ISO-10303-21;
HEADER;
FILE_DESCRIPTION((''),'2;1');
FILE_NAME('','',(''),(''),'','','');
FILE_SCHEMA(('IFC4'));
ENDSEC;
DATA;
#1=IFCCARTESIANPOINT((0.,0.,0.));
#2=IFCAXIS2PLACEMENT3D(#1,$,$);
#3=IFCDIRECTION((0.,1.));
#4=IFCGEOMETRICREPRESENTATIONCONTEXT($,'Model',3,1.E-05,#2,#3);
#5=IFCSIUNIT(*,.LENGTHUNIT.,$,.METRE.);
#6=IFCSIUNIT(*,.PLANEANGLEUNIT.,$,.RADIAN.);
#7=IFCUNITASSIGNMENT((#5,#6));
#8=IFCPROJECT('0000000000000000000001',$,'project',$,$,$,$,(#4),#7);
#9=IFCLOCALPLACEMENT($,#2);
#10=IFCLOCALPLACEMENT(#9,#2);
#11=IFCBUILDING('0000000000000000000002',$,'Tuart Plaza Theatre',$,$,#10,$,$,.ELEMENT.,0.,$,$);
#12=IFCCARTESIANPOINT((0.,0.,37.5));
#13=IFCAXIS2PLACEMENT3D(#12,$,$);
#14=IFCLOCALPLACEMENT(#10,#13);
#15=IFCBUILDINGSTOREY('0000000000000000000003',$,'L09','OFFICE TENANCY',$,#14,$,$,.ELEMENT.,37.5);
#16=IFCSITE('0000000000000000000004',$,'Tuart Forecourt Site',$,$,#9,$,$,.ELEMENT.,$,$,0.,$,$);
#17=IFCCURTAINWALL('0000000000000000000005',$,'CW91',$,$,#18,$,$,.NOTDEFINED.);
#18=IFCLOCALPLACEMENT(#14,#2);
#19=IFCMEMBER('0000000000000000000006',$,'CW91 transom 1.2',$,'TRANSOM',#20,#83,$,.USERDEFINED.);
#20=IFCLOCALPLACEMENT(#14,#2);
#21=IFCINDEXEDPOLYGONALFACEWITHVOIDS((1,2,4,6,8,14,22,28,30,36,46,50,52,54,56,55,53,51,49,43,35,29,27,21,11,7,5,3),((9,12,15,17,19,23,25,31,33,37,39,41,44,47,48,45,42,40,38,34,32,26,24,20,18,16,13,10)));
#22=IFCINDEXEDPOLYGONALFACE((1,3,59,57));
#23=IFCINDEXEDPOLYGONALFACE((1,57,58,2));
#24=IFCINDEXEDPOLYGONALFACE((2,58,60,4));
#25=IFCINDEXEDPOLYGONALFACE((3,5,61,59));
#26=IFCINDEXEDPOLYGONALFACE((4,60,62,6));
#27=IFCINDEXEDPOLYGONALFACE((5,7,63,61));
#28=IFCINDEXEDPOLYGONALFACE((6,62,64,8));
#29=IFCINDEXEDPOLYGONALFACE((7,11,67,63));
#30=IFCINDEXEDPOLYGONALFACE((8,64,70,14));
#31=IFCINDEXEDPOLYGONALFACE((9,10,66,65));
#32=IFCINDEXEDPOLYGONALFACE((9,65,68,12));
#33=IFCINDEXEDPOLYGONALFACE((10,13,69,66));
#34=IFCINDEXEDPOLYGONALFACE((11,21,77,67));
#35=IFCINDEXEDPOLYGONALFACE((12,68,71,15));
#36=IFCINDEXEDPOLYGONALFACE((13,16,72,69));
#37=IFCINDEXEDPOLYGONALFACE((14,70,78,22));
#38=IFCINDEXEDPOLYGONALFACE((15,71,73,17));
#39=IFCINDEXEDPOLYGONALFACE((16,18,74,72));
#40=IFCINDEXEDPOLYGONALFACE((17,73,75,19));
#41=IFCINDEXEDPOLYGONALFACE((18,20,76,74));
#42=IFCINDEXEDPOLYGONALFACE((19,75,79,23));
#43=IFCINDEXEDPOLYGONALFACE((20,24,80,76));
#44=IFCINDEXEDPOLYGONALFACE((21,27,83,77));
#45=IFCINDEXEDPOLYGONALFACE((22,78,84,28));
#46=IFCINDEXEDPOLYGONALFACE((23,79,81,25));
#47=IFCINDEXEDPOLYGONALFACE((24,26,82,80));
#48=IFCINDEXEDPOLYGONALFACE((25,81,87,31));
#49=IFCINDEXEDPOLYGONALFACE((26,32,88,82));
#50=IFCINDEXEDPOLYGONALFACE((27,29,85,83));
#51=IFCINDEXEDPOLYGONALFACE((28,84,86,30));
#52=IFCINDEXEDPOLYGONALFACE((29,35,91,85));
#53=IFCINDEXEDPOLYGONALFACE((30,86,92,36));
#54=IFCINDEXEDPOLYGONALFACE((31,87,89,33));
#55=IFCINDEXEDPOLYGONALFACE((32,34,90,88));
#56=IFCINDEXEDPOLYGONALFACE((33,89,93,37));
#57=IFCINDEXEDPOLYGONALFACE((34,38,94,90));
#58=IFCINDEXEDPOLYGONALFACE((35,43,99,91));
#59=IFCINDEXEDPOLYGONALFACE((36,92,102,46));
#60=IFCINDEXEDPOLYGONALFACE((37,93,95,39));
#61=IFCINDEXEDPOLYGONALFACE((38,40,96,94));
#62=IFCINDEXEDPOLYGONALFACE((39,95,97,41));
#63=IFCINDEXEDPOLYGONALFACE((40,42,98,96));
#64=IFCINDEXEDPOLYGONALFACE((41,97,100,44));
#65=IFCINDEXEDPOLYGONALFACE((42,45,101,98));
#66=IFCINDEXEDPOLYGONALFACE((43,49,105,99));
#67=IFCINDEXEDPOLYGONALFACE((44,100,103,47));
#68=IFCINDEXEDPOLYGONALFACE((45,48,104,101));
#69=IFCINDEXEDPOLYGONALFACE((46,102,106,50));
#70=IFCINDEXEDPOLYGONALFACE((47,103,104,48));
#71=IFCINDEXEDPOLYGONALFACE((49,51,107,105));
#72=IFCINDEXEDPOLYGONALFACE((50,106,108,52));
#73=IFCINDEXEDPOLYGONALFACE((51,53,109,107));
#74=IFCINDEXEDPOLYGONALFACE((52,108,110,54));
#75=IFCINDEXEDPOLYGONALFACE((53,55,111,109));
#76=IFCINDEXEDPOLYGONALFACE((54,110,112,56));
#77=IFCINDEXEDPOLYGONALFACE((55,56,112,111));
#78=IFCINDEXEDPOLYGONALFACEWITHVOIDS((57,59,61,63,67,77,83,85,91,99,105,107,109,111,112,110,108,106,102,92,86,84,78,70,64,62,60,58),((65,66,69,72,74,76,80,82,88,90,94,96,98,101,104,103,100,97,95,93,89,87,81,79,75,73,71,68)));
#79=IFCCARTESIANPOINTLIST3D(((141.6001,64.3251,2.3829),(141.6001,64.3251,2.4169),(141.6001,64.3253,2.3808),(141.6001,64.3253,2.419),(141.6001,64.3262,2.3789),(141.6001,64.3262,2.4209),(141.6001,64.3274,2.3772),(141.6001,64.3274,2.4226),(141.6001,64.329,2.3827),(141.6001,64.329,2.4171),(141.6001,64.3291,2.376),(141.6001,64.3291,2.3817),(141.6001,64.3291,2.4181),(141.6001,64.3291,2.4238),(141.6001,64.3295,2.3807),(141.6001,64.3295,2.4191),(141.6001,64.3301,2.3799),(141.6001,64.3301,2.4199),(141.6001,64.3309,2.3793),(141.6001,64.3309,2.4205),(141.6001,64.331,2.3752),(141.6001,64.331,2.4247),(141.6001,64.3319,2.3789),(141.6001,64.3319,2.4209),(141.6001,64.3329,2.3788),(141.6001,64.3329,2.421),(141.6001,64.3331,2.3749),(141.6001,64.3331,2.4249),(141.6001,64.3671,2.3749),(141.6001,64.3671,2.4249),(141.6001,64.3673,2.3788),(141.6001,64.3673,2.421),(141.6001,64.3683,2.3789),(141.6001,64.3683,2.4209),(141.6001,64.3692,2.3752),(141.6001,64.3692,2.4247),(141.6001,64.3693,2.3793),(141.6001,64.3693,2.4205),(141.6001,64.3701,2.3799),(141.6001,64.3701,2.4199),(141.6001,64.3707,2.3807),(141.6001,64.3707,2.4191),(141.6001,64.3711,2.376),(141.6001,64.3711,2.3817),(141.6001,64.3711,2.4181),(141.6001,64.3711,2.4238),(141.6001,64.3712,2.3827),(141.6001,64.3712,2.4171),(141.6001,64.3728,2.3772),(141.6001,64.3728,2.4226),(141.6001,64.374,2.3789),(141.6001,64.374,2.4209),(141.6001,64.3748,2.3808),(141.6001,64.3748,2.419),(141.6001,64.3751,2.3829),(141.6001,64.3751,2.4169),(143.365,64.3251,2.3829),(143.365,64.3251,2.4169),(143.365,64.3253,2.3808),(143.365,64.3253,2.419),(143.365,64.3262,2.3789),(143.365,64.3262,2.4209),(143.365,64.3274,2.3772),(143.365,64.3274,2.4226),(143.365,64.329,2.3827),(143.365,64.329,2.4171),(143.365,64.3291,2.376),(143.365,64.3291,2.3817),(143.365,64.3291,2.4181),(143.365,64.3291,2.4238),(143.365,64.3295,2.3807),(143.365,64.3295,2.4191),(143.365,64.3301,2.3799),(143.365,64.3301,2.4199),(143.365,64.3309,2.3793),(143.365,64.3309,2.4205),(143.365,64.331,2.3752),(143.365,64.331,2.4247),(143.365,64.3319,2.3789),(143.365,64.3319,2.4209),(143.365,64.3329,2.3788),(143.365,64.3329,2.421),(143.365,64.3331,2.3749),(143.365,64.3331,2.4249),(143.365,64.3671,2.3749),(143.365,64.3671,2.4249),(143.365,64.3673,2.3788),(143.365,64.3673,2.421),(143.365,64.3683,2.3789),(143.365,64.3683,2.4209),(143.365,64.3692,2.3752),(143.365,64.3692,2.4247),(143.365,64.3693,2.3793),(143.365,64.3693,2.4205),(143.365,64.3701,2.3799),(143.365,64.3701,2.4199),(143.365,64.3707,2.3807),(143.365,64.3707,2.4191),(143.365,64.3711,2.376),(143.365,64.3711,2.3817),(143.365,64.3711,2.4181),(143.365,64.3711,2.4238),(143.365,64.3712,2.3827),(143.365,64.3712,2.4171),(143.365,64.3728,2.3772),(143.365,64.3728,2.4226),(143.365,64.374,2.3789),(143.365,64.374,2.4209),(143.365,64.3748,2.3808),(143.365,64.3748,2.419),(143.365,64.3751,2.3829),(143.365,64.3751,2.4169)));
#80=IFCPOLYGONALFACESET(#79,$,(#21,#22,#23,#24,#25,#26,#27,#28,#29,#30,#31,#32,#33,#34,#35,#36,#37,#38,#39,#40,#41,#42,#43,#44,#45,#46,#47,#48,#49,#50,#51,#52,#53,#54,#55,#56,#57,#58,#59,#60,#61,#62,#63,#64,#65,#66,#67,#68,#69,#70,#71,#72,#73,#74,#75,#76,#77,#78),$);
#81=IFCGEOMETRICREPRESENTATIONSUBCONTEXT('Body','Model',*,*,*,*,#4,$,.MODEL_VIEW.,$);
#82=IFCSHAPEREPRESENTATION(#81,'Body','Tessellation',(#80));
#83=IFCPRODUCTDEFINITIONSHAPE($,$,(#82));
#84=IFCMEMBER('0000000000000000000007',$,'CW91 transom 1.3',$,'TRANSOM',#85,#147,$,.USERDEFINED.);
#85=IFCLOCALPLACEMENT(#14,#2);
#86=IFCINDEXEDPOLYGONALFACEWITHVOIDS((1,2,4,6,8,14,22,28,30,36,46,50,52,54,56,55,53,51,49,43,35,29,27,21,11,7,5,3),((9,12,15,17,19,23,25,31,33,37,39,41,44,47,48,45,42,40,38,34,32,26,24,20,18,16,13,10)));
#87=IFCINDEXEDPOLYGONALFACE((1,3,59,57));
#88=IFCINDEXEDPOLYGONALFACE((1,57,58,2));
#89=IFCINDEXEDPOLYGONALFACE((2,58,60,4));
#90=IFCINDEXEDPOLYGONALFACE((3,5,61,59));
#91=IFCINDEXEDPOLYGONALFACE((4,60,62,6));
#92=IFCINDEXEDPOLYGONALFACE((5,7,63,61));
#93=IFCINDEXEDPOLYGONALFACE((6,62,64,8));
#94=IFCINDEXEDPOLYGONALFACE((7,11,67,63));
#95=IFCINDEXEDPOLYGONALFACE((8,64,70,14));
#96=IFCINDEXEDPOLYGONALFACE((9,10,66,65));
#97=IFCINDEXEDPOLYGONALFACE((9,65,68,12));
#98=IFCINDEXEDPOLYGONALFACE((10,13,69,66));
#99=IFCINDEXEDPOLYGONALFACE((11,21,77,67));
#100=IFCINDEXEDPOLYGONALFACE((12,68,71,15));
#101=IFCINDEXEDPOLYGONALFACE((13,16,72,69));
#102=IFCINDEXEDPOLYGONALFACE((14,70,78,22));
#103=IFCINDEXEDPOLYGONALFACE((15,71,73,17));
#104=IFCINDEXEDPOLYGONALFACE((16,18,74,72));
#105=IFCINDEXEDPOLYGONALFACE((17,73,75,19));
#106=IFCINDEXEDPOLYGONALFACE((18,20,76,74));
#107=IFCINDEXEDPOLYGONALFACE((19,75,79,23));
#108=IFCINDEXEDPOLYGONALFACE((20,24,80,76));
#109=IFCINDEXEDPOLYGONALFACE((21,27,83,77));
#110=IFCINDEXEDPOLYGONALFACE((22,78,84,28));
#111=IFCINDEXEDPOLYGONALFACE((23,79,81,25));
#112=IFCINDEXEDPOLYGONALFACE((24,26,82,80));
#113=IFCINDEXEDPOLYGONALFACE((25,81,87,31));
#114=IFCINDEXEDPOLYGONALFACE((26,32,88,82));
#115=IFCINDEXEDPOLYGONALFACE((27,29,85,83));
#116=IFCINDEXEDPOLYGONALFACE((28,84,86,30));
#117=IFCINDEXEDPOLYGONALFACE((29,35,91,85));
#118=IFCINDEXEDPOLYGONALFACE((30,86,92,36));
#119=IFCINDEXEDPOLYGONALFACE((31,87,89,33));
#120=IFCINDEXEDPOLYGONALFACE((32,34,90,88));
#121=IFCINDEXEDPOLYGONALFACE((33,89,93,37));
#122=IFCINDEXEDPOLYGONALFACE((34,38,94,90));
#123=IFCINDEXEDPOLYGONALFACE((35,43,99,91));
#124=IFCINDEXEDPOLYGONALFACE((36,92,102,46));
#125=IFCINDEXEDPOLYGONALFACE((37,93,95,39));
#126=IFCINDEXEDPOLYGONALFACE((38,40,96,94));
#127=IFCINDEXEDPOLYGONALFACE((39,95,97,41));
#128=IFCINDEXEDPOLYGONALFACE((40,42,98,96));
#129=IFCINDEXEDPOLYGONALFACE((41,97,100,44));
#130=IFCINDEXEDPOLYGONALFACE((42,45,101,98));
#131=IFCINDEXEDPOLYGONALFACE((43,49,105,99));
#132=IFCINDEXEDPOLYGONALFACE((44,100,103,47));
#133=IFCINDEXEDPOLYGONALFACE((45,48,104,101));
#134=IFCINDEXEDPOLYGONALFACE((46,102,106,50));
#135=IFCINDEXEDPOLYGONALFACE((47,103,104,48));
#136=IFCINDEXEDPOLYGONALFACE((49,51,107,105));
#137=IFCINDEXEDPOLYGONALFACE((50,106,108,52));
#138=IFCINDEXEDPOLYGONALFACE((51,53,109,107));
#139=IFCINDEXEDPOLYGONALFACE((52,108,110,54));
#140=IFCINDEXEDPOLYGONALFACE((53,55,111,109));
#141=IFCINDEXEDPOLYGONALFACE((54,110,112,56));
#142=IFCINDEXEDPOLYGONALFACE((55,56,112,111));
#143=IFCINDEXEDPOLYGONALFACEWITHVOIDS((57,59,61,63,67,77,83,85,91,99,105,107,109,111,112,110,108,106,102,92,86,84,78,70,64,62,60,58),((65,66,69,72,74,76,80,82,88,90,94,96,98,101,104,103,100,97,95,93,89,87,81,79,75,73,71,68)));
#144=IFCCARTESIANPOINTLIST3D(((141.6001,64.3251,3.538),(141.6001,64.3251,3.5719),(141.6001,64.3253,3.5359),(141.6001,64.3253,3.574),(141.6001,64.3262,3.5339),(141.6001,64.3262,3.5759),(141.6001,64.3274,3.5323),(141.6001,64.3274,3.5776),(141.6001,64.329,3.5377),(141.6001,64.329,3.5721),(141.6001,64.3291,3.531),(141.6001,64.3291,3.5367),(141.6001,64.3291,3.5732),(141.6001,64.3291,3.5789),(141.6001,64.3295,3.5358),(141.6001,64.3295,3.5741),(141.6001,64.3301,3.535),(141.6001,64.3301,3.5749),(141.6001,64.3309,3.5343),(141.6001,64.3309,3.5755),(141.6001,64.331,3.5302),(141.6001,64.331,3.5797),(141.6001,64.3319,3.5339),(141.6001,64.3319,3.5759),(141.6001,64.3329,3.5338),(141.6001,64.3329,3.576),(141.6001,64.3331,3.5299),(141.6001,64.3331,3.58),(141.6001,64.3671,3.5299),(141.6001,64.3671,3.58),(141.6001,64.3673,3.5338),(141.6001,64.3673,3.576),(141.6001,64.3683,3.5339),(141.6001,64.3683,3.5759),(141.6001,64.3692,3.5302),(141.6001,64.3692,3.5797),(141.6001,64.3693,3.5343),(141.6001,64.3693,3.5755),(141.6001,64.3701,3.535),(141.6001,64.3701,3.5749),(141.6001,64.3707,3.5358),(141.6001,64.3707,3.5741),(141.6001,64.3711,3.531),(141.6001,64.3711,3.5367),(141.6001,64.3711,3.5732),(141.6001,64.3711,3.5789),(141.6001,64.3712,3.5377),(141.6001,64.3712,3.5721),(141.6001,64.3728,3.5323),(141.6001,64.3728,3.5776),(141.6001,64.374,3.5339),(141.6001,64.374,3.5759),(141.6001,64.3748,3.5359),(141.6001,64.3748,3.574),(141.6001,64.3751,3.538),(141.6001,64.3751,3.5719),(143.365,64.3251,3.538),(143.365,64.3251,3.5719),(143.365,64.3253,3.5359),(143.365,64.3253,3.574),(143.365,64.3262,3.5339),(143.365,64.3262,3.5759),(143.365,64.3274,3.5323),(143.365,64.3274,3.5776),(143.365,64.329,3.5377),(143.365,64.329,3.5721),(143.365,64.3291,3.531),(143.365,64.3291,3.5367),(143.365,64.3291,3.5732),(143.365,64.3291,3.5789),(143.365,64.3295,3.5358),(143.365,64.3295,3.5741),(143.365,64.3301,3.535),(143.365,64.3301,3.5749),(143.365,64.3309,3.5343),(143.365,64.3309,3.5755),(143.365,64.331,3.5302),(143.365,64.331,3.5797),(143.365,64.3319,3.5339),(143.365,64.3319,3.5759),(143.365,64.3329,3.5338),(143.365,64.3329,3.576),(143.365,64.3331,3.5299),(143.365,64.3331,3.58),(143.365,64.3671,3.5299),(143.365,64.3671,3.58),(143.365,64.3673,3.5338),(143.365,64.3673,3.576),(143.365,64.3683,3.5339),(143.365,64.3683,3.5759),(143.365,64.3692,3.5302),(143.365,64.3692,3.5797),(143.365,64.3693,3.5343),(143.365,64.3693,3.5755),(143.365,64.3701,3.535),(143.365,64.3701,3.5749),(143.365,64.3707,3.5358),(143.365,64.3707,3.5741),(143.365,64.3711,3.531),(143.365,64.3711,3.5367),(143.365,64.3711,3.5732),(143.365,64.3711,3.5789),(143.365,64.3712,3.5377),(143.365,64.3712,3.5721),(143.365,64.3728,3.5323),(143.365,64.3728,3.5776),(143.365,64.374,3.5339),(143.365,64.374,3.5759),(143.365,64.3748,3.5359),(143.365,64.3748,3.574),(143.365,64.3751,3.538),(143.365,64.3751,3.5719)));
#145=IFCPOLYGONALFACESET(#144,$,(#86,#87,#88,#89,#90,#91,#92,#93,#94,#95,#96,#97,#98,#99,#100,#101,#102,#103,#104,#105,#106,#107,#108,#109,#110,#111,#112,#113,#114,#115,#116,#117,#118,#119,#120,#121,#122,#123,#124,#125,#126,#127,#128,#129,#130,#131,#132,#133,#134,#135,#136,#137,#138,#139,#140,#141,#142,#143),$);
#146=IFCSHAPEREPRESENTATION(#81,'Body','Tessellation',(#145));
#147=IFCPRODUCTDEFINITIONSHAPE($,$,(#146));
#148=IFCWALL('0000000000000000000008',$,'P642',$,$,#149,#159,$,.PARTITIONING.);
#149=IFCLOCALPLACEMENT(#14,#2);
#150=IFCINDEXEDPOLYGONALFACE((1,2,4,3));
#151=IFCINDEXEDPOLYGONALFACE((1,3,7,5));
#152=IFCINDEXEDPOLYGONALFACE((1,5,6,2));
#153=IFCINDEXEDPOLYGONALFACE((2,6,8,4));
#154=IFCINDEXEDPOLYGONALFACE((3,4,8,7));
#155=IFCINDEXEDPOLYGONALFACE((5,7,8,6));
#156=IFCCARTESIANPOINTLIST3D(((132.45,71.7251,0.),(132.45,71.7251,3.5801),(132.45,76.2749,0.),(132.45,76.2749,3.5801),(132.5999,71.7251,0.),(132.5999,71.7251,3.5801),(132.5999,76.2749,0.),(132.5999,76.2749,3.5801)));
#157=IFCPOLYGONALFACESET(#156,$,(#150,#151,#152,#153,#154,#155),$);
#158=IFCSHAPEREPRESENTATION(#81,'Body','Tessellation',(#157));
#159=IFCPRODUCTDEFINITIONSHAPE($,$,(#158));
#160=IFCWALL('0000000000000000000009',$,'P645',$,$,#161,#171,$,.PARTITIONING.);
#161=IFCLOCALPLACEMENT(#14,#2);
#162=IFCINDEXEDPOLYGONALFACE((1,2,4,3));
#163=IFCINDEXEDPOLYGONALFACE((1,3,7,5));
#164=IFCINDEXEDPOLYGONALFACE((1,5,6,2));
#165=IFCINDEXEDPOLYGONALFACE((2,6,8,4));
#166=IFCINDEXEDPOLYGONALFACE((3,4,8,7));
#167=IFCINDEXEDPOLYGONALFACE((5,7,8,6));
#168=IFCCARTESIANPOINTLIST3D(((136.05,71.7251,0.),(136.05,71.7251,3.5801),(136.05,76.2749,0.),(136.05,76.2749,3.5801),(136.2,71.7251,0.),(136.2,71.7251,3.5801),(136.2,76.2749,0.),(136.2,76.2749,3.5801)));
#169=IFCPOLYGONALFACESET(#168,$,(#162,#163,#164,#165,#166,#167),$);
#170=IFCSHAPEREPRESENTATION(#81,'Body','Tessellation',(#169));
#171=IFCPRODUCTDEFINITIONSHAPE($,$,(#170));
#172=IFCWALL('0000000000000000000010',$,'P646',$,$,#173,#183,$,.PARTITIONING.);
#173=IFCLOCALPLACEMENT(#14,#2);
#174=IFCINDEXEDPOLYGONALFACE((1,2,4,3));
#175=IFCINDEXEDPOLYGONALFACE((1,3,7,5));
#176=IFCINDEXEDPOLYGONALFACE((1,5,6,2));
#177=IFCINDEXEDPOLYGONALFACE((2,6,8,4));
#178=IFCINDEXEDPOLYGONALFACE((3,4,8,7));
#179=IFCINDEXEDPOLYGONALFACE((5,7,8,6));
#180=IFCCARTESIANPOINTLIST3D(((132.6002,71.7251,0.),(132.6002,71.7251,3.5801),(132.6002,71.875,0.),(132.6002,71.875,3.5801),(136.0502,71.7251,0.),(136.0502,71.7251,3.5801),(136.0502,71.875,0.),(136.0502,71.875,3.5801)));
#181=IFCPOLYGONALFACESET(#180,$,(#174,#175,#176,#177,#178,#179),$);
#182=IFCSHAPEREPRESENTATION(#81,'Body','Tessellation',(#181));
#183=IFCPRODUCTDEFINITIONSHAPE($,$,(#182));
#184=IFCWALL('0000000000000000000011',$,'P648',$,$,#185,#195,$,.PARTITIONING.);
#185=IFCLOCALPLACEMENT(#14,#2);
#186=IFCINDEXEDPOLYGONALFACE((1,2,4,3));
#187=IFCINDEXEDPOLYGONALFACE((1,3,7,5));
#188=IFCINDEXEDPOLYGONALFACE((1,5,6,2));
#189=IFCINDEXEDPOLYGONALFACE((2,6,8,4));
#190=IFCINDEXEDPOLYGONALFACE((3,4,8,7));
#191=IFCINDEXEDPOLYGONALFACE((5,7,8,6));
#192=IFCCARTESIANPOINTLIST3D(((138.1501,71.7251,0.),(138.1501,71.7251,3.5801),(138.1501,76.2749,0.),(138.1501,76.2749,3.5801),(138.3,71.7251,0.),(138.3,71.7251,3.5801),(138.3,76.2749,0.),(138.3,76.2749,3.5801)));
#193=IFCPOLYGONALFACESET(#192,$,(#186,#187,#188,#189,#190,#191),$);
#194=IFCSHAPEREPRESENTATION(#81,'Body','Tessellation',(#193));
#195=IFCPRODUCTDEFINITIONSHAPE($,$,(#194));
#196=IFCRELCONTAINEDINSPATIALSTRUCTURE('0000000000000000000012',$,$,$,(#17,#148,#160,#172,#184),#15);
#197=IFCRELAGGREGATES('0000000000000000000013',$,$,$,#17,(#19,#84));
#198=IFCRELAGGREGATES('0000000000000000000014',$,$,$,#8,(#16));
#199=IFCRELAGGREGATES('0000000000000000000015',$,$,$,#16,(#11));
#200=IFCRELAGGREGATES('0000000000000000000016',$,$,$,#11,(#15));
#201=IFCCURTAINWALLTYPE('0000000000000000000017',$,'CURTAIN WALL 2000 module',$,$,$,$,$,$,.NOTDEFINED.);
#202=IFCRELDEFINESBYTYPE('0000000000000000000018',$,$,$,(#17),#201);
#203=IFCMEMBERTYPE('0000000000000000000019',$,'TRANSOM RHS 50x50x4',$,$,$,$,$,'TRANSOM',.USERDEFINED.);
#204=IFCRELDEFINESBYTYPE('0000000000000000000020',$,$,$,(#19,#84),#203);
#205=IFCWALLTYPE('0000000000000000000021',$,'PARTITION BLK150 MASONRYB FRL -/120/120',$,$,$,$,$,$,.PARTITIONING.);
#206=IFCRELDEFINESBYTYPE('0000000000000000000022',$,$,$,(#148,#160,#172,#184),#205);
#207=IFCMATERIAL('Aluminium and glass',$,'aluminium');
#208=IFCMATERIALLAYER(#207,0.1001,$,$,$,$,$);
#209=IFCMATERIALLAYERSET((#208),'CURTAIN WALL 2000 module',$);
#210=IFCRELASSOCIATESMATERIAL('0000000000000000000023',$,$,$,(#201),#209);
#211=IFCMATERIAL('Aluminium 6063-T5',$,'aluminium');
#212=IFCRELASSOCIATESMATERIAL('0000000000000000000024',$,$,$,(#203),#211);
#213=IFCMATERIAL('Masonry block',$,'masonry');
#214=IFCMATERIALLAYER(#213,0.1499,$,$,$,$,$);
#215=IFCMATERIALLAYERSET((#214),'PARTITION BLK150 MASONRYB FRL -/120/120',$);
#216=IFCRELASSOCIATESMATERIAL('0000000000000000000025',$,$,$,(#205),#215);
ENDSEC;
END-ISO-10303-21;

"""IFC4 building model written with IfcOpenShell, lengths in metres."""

from ifc_helpers import new_model, si_unit, direction, frame, frame_2d, origin, origin_2d, place, context, subcontext, project, spatial, rectangle, hollow_rectangle, extrude, material, layer, layer_set, material_profile, profile_set, type_object, element, aggregate, save


model = new_model("IFC4")

# Units and contexts
model_context = context("Model", 3, precision=1e-05, world=origin(), true_north=direction((0.0, 1.0)))
body_context = subcontext(model_context, "Body", "Model", "MODEL_VIEW")
ifc_project = project(units=[si_unit("LENGTHUNIT", "METRE"), si_unit("PLANEANGLEUNIT", "RADIAN")], contexts=[model_context])

# Site, building, storey
site_placement = place(None, origin())
site = spatial("IfcSite", under=ifc_project, at=site_placement, Name="Tuart Forecourt Site", CompositionType="ELEMENT", RefElevation=0.0)
building_placement = place(site_placement, origin())
building = spatial("IfcBuilding", under=site, at=building_placement, Name="Tuart Plaza Theatre", CompositionType="ELEMENT", ElevationOfRefHeight=0.0)
storey_placement = place(building_placement, frame((0.0, 0.0, 37.5)))
storey = spatial("IfcBuildingStorey", under=building, at=storey_placement, Name="L09", Description="OFFICE TENANCY", CompositionType="ELEMENT", Elevation=37.5)

# Curtain wall, members
ifc_material_1 = material(Name="Aluminium and glass", Category="aluminium")
ifc_layer_1 = layer(ifc_material_1, 0.1001)
ifc_layer_set_1 = layer_set([ifc_layer_1], Name="CURTAIN WALL 2000 module")
curtain_wall_type = type_object("IfcCurtainWallType", Name="CURTAIN WALL 2000 module", PredefinedType="NOTDEFINED", material=ifc_layer_set_1)
curtain_wall_placement = place(storey_placement, origin())
curtain_wall = element("IfcCurtainWall", 1, at=curtain_wall_placement, inside=storey, type_object=curtain_wall_type, Name="CW91", PredefinedType="NOTDEFINED")
ifc_material_2 = material(Name="Aluminium 6063-T5", Category="aluminium")
ifc_material_profile_1 = material_profile(ifc_material_2, hollow_rectangle(XDim=0.05, YDim=0.05, WallThickness=0.0039, InnerFilletRadius=0.0039, OuterFilletRadius=0.0081, at=origin_2d()), Name="RHS 50x50x4")
ifc_profile_set_1 = profile_set([ifc_material_profile_1], Name="Aluminium 6063-T5")
member_type_1 = type_object("IfcMemberType", Name="TRANSOM RHS 50x50x4", ElementType="TRANSOM", PredefinedType="USERDEFINED", material=ifc_profile_set_1)
member_1_placement = place(storey_placement, frame((141.6001, 64.3501, 2.3999), z_axis=(1.0, 0.0, 0.0), x_axis=(0.0, 1.0, 0.0)))
member_1 = element("IfcMember", 2, at=member_1_placement, type_object=member_type_1, Name="CW91 transom 1.2", ObjectType="TRANSOM", PredefinedType="USERDEFINED", context=body_context, shape_type="SweptSolid", body=[
    extrude(hollow_rectangle(XDim=0.05, YDim=0.05, WallThickness=0.0039, InnerFilletRadius=0.0039, OuterFilletRadius=0.0081, at=origin_2d()), origin(), (0.0, 0.0, 1.0), 1.7649),
])
member_2_placement = place(storey_placement, frame((141.6001, 64.3501, 3.5549), z_axis=(1.0, 0.0, 0.0), x_axis=(0.0, 1.0, 0.0)))
member_2 = element("IfcMember", 3, at=member_2_placement, type_object=member_type_1, Name="CW91 transom 1.3", ObjectType="TRANSOM", PredefinedType="USERDEFINED", context=body_context, shape_type="SweptSolid", body=[
    extrude(hollow_rectangle(XDim=0.05, YDim=0.05, WallThickness=0.0039, InnerFilletRadius=0.0039, OuterFilletRadius=0.0081, at=origin_2d()), origin(), (0.0, 0.0, 1.0), 1.7649),
])
aggregate(curtain_wall, [member_1, member_2])

# Walls
ifc_material_3 = material(Name="Masonry block", Category="masonry")
ifc_layer_2 = layer(ifc_material_3, 0.1499)
ifc_layer_set_2 = layer_set([ifc_layer_2], Name="PARTITION BLK150 MASONRYB FRL -/120/120")
wall_type_1 = type_object("IfcWallType", Name="PARTITION BLK150 MASONRYB FRL -/120/120", PredefinedType="PARTITIONING", material=ifc_layer_set_2)
for number, where, z_axis, x_axis, name in (
    (4, (132.5249, 71.7251, 0.0), (0.0, 0.0, 1.0), (0.0, 1.0, 0.0), "P642"),
    (5, (136.125, 71.7251, 0.0), (0.0, 0.0, 1.0), (0.0, 1.0, 0.0), "P645"),
):
    element("IfcWall", number, at=place(storey_placement, frame(where, z_axis=z_axis, x_axis=x_axis)), inside=storey, type_object=wall_type_1, Name=name, PredefinedType="PARTITIONING", context=body_context, shape_type="SweptSolid", body=[
        extrude(rectangle(XDim=4.5498, YDim=0.1499, at=frame_2d((2.2749, 0.0))), origin(), (0.0, 0.0, 1.0), 3.5801),
    ])
wall_1_placement = place(storey_placement, frame((132.6001, 71.8, 0.0), z_axis=(0.0, 0.0, 1.0), x_axis=(1.0, 0.0, 0.0)))
element("IfcWall", 6, at=wall_1_placement, inside=storey, type_object=wall_type_1, Name="P646", PredefinedType="PARTITIONING", context=body_context, shape_type="SweptSolid", body=[
    extrude(rectangle(XDim=3.45, YDim=0.1499, at=frame_2d((1.7251, 0.0))), origin(), (0.0, 0.0, 1.0), 3.5801),
])
wall_2_placement = place(storey_placement, frame((138.2251, 71.7251, 0.0), z_axis=(0.0, 0.0, 1.0), x_axis=(0.0, 1.0, 0.0)))
element("IfcWall", 7, at=wall_2_placement, inside=storey, type_object=wall_type_1, Name="P648", PredefinedType="PARTITIONING", context=body_context, shape_type="SweptSolid", body=[
    extrude(rectangle(XDim=4.5498, YDim=0.1499, at=frame_2d((2.2749, 0.0))), origin(), (0.0, 0.0, 1.0), 3.5801),
])

save(model, "model.ifc")
